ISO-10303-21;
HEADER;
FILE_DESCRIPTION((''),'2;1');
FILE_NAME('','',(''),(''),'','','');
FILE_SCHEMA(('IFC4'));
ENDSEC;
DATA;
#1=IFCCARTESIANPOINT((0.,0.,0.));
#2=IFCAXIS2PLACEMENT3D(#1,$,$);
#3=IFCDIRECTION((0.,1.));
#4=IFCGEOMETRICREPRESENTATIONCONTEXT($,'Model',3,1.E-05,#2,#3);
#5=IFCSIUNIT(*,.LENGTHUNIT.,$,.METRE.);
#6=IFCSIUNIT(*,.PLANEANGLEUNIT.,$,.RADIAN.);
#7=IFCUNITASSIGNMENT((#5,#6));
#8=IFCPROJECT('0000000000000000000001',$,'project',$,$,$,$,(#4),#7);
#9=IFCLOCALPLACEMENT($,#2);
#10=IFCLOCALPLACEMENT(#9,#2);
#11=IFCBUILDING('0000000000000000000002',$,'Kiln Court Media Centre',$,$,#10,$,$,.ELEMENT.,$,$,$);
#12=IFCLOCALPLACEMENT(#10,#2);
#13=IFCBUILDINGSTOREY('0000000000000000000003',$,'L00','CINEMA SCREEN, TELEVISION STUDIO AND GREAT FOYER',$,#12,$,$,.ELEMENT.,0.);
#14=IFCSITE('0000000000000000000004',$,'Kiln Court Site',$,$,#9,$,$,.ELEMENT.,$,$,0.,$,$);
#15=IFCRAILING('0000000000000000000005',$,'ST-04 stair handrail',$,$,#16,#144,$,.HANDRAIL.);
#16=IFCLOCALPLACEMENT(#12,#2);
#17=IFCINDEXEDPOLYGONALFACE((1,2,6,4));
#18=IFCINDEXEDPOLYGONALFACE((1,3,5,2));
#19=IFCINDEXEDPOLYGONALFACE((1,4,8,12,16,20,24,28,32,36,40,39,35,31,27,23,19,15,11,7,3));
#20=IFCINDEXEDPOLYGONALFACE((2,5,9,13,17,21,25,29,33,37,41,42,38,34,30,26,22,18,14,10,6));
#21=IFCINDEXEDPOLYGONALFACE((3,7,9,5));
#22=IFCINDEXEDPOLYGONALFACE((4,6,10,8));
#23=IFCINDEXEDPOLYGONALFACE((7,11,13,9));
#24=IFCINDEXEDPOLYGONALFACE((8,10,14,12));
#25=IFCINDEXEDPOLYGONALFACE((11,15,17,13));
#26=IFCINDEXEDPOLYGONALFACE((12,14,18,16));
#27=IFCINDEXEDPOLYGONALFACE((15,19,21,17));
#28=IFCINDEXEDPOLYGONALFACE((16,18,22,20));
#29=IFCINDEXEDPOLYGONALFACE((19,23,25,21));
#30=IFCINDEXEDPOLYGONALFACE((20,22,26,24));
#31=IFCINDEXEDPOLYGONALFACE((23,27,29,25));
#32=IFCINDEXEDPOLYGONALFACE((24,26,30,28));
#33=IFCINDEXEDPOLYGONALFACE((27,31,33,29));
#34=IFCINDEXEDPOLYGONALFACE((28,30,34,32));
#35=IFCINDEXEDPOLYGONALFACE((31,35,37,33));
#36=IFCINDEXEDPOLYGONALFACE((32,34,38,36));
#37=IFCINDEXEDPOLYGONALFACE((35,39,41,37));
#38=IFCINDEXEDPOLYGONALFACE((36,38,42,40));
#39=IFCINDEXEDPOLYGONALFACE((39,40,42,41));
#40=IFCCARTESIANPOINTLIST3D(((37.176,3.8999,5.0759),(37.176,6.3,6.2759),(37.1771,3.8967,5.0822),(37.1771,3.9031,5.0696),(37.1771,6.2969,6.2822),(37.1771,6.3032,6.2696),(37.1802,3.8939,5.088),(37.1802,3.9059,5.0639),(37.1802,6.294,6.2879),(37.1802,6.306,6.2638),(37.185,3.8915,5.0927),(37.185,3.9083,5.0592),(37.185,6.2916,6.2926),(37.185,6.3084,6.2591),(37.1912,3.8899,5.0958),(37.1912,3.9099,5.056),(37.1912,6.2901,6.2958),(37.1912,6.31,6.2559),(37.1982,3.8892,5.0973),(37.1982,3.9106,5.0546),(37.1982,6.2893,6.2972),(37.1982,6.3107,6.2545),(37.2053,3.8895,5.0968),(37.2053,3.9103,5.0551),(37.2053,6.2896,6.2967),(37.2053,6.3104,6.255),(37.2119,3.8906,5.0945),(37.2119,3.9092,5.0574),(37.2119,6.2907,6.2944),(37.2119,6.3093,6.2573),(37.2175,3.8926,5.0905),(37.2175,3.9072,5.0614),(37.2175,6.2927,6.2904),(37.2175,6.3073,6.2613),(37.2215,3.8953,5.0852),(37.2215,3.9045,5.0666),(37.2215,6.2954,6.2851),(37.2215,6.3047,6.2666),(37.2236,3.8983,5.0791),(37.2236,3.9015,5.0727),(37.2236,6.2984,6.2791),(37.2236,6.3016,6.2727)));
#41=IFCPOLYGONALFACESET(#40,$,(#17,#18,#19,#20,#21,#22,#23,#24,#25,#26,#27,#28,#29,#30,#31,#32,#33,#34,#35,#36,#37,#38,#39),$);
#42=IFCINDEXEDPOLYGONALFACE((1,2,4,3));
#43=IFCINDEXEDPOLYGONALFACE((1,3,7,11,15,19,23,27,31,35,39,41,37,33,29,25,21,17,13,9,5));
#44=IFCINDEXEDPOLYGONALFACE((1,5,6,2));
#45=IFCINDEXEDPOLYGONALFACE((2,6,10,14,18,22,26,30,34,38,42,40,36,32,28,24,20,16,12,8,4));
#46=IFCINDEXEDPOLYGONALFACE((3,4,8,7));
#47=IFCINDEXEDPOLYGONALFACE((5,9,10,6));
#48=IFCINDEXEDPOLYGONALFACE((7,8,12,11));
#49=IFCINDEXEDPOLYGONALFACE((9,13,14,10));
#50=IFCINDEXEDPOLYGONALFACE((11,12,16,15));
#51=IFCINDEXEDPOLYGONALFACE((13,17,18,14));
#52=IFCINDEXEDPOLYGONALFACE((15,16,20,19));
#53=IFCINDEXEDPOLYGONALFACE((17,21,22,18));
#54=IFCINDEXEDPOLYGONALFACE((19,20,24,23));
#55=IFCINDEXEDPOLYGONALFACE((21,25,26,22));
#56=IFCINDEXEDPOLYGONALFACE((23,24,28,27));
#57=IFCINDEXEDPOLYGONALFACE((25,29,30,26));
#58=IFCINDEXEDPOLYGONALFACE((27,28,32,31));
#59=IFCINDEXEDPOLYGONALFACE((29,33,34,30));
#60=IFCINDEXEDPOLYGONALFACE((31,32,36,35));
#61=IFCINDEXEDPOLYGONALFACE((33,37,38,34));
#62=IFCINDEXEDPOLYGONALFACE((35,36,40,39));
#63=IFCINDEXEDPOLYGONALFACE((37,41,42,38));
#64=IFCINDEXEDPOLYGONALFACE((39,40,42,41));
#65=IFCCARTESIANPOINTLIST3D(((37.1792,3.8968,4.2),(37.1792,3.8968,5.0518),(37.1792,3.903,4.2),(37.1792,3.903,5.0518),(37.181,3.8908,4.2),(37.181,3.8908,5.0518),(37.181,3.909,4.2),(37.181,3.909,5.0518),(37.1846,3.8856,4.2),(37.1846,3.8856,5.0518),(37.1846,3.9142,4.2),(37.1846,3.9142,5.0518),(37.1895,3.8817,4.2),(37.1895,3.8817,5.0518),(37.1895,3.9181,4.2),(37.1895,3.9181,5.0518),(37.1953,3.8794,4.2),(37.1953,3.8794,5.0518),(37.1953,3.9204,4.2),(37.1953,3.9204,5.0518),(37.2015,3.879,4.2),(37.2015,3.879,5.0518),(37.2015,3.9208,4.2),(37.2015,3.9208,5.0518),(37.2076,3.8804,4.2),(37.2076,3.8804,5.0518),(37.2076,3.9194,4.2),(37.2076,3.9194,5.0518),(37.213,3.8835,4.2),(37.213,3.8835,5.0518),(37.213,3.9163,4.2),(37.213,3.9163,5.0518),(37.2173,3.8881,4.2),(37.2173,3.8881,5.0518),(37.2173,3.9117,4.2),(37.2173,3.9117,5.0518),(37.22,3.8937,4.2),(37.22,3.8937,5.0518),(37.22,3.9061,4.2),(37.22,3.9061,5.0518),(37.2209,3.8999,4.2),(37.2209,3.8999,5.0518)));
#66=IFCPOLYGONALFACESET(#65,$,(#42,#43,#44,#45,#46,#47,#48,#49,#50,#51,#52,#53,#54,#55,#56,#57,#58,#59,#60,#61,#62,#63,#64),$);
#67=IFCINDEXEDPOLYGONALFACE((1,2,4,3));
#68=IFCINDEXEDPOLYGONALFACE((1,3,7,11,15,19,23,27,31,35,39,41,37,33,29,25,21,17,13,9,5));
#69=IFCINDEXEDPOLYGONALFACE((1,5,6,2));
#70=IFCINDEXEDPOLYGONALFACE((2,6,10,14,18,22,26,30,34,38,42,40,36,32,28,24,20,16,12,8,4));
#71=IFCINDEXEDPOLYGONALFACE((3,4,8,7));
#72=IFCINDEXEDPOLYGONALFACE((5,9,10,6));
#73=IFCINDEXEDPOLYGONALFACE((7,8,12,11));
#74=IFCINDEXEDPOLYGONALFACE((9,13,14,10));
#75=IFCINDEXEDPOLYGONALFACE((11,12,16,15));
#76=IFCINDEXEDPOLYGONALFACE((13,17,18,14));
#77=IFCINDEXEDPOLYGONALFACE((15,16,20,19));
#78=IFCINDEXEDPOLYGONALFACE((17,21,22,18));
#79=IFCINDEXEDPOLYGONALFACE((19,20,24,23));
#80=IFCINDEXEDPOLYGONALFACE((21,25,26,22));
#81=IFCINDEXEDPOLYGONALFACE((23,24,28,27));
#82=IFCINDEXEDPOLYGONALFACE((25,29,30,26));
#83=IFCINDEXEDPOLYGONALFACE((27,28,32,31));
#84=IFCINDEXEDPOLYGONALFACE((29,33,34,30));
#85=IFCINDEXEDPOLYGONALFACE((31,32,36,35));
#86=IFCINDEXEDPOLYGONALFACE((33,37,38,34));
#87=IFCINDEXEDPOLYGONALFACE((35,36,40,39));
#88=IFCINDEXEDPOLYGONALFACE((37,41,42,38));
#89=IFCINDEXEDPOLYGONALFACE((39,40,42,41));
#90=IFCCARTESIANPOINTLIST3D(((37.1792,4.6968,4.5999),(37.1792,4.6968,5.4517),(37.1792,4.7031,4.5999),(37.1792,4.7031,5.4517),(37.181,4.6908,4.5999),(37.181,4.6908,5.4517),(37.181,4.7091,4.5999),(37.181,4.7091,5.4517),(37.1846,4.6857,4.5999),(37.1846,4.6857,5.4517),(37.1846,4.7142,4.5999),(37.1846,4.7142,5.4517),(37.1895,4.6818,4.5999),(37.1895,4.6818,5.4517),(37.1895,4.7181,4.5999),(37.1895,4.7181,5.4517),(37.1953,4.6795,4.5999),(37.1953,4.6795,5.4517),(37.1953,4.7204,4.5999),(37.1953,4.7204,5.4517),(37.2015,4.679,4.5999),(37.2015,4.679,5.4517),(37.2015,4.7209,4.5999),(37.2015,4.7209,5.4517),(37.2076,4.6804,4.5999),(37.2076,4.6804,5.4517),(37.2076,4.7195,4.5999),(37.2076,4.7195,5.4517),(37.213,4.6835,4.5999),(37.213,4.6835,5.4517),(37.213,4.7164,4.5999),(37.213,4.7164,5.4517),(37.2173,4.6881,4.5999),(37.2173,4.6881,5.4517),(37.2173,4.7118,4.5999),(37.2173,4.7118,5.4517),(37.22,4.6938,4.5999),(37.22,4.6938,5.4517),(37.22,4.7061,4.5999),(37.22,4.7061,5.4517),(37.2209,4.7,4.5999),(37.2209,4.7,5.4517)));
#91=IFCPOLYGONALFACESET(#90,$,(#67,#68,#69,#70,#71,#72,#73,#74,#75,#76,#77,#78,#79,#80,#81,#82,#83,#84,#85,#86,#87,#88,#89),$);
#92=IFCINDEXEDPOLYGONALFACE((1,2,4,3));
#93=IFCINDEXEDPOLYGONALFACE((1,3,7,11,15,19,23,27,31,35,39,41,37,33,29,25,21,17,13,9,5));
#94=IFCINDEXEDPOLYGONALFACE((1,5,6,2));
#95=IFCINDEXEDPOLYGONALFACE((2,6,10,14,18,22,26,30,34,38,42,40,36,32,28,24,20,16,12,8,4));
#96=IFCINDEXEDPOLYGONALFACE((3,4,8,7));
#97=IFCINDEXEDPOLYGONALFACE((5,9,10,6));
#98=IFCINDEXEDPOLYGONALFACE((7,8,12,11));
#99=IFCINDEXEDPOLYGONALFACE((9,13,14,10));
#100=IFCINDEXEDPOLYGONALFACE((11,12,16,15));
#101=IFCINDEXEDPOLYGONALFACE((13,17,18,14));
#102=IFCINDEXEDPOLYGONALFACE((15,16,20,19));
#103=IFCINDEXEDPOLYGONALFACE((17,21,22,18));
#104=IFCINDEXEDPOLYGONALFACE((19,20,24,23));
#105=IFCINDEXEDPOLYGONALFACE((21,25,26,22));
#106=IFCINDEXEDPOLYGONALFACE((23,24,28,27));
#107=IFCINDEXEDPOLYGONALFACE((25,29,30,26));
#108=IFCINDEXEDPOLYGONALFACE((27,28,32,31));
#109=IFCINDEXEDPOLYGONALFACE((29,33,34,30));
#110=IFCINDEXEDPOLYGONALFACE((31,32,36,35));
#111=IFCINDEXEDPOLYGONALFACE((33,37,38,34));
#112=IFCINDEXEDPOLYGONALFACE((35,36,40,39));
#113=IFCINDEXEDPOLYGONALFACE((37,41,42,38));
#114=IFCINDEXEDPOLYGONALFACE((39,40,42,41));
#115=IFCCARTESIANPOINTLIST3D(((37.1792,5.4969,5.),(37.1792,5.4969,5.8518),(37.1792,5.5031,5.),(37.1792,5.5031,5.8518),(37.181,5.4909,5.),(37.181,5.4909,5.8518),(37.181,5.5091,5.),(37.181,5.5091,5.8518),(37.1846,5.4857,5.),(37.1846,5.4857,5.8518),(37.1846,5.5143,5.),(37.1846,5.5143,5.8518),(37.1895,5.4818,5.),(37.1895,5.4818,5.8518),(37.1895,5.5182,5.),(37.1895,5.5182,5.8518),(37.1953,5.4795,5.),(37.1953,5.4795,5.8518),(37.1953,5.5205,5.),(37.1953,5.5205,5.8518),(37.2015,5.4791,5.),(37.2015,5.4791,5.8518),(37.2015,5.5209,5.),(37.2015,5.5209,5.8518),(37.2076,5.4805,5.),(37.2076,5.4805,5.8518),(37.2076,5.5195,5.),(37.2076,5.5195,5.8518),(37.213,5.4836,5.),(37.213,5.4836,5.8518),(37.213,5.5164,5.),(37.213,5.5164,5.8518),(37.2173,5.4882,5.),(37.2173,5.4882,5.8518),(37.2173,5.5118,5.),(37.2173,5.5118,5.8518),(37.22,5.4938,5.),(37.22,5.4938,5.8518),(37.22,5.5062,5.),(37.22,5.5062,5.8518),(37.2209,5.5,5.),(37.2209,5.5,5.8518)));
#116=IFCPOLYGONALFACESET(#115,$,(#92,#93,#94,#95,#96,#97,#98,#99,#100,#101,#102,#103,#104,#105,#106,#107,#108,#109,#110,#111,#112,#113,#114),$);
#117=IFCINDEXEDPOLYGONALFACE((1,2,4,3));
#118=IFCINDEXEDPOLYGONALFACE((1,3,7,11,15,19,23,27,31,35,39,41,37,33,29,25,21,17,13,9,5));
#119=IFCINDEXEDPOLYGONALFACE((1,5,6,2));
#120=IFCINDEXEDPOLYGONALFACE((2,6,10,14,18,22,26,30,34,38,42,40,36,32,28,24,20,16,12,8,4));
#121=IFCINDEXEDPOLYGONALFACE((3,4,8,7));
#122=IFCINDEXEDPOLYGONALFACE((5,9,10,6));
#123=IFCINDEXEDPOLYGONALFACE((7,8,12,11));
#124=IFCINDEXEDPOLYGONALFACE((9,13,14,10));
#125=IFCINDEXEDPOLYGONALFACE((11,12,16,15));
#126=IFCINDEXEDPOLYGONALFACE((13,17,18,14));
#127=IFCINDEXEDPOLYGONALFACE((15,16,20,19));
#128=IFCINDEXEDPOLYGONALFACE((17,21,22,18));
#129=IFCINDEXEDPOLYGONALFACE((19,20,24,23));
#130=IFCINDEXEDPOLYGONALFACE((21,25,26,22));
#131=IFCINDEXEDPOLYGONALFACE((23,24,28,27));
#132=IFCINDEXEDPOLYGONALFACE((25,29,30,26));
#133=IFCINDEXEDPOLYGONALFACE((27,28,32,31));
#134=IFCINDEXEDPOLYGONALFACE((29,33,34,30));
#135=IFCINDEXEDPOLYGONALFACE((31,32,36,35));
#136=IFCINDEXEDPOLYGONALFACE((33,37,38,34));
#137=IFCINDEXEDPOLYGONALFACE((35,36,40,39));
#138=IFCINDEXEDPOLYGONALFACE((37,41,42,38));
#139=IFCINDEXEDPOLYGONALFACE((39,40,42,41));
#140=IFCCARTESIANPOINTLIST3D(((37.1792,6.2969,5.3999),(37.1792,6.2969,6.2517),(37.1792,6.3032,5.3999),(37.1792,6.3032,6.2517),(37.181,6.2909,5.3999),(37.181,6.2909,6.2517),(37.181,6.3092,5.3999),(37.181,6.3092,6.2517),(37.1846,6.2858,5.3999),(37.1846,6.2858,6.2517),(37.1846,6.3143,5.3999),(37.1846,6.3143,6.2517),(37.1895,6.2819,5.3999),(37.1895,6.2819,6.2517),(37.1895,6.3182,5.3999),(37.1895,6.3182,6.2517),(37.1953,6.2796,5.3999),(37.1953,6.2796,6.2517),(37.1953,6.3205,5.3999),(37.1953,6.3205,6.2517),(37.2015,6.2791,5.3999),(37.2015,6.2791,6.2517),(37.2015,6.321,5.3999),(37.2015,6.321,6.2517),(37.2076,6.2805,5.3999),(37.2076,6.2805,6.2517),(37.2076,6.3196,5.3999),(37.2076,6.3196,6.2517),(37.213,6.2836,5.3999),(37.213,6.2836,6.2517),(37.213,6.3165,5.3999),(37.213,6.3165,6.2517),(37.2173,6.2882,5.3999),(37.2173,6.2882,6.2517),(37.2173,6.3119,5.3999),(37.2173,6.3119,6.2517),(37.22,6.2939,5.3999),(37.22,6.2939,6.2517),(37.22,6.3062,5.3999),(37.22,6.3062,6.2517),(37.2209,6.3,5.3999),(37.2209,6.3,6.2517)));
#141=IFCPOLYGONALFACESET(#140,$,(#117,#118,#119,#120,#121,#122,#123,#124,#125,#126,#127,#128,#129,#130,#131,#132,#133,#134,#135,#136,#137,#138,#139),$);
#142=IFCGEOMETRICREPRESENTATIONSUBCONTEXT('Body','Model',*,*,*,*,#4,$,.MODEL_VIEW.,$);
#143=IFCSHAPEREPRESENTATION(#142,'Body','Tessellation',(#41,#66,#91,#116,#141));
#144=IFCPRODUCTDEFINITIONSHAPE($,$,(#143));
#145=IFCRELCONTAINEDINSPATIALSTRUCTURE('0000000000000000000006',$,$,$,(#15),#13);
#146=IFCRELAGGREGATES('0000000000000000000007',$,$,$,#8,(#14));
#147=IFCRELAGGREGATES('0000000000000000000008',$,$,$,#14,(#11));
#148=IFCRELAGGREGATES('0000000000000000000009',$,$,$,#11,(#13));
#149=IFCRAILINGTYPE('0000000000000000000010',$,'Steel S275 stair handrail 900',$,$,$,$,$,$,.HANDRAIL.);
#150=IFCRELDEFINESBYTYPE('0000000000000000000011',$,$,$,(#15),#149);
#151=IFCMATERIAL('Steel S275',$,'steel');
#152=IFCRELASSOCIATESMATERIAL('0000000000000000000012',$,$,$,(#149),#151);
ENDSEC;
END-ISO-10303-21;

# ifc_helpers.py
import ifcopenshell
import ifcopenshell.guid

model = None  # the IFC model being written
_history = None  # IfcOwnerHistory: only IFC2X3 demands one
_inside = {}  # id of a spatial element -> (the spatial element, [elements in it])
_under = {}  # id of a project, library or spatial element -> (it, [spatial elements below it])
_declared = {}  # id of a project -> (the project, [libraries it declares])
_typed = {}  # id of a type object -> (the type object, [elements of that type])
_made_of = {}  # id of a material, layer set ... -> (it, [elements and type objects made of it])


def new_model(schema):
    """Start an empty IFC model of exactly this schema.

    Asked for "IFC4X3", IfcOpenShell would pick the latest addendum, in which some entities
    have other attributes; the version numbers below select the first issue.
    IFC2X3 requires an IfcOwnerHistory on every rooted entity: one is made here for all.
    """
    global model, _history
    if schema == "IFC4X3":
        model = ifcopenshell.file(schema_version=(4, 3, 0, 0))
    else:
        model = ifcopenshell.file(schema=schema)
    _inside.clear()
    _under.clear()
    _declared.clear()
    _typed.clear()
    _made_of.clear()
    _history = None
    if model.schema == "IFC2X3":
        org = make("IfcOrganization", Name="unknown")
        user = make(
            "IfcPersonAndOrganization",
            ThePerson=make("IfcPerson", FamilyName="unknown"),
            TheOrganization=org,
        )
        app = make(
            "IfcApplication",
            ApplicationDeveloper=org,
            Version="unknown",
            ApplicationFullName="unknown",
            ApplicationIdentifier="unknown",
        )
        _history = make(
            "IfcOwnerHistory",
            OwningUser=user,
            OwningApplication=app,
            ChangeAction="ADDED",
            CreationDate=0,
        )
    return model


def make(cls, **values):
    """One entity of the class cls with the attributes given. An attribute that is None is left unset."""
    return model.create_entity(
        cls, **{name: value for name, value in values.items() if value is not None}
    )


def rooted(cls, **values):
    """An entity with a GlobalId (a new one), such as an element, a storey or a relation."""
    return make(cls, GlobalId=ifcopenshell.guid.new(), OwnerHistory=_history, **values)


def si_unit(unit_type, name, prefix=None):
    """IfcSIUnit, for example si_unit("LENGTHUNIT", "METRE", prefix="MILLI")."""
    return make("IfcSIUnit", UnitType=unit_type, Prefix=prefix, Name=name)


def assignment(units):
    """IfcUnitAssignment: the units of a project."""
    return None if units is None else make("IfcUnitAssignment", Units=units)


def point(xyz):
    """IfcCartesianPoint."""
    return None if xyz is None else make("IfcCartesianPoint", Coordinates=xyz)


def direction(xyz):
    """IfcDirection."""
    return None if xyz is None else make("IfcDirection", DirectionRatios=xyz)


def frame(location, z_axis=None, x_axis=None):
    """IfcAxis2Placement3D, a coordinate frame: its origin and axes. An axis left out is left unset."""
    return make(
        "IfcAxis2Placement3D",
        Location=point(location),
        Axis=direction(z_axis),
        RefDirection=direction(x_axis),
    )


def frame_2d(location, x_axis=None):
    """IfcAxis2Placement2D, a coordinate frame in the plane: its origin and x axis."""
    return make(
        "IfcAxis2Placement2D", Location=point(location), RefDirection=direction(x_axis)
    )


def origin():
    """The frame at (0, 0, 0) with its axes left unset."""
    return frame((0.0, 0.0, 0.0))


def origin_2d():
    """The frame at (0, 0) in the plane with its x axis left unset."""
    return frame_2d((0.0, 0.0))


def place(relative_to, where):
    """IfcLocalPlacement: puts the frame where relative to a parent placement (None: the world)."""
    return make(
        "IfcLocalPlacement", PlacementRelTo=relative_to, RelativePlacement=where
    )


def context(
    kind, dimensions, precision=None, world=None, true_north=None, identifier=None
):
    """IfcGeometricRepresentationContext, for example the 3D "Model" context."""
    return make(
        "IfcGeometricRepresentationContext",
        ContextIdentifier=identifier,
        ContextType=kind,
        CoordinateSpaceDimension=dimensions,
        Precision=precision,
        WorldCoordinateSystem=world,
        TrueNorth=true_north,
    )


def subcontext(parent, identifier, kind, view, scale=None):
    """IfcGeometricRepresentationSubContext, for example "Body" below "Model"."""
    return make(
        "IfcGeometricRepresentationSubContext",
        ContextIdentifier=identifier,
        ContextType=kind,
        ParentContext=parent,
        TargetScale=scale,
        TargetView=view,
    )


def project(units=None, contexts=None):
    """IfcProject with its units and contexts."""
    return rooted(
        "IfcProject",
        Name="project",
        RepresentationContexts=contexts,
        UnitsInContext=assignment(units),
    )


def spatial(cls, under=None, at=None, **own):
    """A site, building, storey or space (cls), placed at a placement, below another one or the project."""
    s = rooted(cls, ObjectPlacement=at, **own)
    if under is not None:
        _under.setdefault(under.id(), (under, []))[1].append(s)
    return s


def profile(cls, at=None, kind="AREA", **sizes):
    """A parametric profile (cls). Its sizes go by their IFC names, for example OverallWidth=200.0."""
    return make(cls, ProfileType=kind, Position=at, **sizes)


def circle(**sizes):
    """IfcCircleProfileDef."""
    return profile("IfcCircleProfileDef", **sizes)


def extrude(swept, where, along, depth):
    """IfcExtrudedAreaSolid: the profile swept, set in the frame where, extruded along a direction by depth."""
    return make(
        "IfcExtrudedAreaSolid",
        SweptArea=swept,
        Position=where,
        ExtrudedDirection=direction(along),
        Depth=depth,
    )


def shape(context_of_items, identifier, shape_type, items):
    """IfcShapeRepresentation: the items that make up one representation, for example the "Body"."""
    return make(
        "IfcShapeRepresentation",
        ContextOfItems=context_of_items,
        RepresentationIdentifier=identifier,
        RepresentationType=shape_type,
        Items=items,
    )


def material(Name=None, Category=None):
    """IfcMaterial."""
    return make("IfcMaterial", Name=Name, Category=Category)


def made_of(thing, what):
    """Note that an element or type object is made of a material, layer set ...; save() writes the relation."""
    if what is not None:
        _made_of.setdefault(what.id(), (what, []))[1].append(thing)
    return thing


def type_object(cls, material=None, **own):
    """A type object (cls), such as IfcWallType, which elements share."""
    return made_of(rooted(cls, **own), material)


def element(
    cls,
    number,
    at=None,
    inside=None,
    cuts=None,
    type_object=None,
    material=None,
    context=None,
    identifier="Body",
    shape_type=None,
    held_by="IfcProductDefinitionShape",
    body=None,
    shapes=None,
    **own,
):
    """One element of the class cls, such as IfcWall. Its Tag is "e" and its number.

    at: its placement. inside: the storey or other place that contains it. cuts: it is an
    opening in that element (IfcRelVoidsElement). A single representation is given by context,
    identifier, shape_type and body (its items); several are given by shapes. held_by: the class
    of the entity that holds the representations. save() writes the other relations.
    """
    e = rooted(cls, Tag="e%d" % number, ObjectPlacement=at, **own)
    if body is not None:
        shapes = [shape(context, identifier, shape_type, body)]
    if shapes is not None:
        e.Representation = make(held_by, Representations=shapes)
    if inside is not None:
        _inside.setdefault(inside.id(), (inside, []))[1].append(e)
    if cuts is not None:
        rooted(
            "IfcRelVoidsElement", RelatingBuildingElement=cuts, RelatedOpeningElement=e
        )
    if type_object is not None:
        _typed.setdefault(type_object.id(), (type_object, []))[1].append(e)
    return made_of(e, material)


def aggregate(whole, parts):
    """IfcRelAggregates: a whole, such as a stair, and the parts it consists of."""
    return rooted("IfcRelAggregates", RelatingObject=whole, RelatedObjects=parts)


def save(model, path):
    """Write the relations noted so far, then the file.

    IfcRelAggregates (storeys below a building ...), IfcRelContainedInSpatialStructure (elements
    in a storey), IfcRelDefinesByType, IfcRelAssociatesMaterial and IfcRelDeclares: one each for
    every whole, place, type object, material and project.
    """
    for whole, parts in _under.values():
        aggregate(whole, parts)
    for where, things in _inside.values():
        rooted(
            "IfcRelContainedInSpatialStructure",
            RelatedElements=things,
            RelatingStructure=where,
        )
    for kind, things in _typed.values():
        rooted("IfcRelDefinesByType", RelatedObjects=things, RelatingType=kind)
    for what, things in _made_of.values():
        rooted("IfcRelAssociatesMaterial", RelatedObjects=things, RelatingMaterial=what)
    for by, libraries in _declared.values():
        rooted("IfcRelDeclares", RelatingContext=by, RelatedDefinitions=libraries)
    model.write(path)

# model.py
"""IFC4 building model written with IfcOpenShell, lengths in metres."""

from ifc_helpers import new_model, si_unit, direction, frame, origin, origin_2d, place, context, subcontext, project, spatial, circle, extrude, material, type_object, element, save


model = new_model("IFC4")

# Units and contexts
model_context = context("Model", 3, precision=1e-05, world=origin(), true_north=direction((0.0, 1.0)))
body_context = subcontext(model_context, "Body", "Model", "MODEL_VIEW")
ifc_project = project(units=[si_unit("LENGTHUNIT", "METRE"), si_unit("PLANEANGLEUNIT", "RADIAN")], contexts=[model_context])

# Site, building, storey
site_placement = place(None, origin())
site = spatial("IfcSite", under=ifc_project, at=site_placement, Name="Kiln Court Site", CompositionType="ELEMENT", RefElevation=0.0)
building_placement = place(site_placement, origin())
building = spatial("IfcBuilding", under=site, at=building_placement, Name="Kiln Court Media Centre", CompositionType="ELEMENT")
storey_placement = place(building_placement, origin())
storey = spatial("IfcBuildingStorey", under=building, at=storey_placement, Name="L00", Description="CINEMA SCREEN, TELEVISION STUDIO AND GREAT FOYER", CompositionType="ELEMENT", Elevation=0.0)

# Railing
ifc_material_1 = material(Name="Steel S275", Category="steel")
railing_type_1 = type_object("IfcRailingType", Name="Steel S275 stair handrail 900", PredefinedType="HANDRAIL", material=ifc_material_1)
railing_1_placement = place(storey_placement, frame((37.2, 3.8999, 4.2)))
element("IfcRailing", 1, at=railing_1_placement, inside=storey, type_object=railing_type_1, Name="ST-04 stair handrail", PredefinedType="HANDRAIL", context=body_context, shape_type="SweptSolid", body=[
    extrude(circle(Radius=0.0239, at=origin_2d()), frame((0.0, 0.0, 0.876), z_axis=(0.0, 0.894445, 0.447177), x_axis=(-1.0, 0.0, 0.0)), (0.0, 0.0, 1.0), 2.6833),
    extrude(circle(Radius=0.021, at=origin_2d()), origin(), (0.0, 0.0, 1.0), 0.8518),
    extrude(circle(Radius=0.021, at=origin_2d()), frame((0.0, 0.8, 0.3999)), (0.0, 0.0, 1.0), 0.8518),
    extrude(circle(Radius=0.021, at=origin_2d()), frame((0.0, 1.6001, 0.8)), (0.0, 0.0, 1.0), 0.8518),
    extrude(circle(Radius=0.021, at=origin_2d()), frame((0.0, 2.4001, 1.2)), (0.0, 0.0, 1.0), 0.8518),
])

save(model, "model.ifc")
